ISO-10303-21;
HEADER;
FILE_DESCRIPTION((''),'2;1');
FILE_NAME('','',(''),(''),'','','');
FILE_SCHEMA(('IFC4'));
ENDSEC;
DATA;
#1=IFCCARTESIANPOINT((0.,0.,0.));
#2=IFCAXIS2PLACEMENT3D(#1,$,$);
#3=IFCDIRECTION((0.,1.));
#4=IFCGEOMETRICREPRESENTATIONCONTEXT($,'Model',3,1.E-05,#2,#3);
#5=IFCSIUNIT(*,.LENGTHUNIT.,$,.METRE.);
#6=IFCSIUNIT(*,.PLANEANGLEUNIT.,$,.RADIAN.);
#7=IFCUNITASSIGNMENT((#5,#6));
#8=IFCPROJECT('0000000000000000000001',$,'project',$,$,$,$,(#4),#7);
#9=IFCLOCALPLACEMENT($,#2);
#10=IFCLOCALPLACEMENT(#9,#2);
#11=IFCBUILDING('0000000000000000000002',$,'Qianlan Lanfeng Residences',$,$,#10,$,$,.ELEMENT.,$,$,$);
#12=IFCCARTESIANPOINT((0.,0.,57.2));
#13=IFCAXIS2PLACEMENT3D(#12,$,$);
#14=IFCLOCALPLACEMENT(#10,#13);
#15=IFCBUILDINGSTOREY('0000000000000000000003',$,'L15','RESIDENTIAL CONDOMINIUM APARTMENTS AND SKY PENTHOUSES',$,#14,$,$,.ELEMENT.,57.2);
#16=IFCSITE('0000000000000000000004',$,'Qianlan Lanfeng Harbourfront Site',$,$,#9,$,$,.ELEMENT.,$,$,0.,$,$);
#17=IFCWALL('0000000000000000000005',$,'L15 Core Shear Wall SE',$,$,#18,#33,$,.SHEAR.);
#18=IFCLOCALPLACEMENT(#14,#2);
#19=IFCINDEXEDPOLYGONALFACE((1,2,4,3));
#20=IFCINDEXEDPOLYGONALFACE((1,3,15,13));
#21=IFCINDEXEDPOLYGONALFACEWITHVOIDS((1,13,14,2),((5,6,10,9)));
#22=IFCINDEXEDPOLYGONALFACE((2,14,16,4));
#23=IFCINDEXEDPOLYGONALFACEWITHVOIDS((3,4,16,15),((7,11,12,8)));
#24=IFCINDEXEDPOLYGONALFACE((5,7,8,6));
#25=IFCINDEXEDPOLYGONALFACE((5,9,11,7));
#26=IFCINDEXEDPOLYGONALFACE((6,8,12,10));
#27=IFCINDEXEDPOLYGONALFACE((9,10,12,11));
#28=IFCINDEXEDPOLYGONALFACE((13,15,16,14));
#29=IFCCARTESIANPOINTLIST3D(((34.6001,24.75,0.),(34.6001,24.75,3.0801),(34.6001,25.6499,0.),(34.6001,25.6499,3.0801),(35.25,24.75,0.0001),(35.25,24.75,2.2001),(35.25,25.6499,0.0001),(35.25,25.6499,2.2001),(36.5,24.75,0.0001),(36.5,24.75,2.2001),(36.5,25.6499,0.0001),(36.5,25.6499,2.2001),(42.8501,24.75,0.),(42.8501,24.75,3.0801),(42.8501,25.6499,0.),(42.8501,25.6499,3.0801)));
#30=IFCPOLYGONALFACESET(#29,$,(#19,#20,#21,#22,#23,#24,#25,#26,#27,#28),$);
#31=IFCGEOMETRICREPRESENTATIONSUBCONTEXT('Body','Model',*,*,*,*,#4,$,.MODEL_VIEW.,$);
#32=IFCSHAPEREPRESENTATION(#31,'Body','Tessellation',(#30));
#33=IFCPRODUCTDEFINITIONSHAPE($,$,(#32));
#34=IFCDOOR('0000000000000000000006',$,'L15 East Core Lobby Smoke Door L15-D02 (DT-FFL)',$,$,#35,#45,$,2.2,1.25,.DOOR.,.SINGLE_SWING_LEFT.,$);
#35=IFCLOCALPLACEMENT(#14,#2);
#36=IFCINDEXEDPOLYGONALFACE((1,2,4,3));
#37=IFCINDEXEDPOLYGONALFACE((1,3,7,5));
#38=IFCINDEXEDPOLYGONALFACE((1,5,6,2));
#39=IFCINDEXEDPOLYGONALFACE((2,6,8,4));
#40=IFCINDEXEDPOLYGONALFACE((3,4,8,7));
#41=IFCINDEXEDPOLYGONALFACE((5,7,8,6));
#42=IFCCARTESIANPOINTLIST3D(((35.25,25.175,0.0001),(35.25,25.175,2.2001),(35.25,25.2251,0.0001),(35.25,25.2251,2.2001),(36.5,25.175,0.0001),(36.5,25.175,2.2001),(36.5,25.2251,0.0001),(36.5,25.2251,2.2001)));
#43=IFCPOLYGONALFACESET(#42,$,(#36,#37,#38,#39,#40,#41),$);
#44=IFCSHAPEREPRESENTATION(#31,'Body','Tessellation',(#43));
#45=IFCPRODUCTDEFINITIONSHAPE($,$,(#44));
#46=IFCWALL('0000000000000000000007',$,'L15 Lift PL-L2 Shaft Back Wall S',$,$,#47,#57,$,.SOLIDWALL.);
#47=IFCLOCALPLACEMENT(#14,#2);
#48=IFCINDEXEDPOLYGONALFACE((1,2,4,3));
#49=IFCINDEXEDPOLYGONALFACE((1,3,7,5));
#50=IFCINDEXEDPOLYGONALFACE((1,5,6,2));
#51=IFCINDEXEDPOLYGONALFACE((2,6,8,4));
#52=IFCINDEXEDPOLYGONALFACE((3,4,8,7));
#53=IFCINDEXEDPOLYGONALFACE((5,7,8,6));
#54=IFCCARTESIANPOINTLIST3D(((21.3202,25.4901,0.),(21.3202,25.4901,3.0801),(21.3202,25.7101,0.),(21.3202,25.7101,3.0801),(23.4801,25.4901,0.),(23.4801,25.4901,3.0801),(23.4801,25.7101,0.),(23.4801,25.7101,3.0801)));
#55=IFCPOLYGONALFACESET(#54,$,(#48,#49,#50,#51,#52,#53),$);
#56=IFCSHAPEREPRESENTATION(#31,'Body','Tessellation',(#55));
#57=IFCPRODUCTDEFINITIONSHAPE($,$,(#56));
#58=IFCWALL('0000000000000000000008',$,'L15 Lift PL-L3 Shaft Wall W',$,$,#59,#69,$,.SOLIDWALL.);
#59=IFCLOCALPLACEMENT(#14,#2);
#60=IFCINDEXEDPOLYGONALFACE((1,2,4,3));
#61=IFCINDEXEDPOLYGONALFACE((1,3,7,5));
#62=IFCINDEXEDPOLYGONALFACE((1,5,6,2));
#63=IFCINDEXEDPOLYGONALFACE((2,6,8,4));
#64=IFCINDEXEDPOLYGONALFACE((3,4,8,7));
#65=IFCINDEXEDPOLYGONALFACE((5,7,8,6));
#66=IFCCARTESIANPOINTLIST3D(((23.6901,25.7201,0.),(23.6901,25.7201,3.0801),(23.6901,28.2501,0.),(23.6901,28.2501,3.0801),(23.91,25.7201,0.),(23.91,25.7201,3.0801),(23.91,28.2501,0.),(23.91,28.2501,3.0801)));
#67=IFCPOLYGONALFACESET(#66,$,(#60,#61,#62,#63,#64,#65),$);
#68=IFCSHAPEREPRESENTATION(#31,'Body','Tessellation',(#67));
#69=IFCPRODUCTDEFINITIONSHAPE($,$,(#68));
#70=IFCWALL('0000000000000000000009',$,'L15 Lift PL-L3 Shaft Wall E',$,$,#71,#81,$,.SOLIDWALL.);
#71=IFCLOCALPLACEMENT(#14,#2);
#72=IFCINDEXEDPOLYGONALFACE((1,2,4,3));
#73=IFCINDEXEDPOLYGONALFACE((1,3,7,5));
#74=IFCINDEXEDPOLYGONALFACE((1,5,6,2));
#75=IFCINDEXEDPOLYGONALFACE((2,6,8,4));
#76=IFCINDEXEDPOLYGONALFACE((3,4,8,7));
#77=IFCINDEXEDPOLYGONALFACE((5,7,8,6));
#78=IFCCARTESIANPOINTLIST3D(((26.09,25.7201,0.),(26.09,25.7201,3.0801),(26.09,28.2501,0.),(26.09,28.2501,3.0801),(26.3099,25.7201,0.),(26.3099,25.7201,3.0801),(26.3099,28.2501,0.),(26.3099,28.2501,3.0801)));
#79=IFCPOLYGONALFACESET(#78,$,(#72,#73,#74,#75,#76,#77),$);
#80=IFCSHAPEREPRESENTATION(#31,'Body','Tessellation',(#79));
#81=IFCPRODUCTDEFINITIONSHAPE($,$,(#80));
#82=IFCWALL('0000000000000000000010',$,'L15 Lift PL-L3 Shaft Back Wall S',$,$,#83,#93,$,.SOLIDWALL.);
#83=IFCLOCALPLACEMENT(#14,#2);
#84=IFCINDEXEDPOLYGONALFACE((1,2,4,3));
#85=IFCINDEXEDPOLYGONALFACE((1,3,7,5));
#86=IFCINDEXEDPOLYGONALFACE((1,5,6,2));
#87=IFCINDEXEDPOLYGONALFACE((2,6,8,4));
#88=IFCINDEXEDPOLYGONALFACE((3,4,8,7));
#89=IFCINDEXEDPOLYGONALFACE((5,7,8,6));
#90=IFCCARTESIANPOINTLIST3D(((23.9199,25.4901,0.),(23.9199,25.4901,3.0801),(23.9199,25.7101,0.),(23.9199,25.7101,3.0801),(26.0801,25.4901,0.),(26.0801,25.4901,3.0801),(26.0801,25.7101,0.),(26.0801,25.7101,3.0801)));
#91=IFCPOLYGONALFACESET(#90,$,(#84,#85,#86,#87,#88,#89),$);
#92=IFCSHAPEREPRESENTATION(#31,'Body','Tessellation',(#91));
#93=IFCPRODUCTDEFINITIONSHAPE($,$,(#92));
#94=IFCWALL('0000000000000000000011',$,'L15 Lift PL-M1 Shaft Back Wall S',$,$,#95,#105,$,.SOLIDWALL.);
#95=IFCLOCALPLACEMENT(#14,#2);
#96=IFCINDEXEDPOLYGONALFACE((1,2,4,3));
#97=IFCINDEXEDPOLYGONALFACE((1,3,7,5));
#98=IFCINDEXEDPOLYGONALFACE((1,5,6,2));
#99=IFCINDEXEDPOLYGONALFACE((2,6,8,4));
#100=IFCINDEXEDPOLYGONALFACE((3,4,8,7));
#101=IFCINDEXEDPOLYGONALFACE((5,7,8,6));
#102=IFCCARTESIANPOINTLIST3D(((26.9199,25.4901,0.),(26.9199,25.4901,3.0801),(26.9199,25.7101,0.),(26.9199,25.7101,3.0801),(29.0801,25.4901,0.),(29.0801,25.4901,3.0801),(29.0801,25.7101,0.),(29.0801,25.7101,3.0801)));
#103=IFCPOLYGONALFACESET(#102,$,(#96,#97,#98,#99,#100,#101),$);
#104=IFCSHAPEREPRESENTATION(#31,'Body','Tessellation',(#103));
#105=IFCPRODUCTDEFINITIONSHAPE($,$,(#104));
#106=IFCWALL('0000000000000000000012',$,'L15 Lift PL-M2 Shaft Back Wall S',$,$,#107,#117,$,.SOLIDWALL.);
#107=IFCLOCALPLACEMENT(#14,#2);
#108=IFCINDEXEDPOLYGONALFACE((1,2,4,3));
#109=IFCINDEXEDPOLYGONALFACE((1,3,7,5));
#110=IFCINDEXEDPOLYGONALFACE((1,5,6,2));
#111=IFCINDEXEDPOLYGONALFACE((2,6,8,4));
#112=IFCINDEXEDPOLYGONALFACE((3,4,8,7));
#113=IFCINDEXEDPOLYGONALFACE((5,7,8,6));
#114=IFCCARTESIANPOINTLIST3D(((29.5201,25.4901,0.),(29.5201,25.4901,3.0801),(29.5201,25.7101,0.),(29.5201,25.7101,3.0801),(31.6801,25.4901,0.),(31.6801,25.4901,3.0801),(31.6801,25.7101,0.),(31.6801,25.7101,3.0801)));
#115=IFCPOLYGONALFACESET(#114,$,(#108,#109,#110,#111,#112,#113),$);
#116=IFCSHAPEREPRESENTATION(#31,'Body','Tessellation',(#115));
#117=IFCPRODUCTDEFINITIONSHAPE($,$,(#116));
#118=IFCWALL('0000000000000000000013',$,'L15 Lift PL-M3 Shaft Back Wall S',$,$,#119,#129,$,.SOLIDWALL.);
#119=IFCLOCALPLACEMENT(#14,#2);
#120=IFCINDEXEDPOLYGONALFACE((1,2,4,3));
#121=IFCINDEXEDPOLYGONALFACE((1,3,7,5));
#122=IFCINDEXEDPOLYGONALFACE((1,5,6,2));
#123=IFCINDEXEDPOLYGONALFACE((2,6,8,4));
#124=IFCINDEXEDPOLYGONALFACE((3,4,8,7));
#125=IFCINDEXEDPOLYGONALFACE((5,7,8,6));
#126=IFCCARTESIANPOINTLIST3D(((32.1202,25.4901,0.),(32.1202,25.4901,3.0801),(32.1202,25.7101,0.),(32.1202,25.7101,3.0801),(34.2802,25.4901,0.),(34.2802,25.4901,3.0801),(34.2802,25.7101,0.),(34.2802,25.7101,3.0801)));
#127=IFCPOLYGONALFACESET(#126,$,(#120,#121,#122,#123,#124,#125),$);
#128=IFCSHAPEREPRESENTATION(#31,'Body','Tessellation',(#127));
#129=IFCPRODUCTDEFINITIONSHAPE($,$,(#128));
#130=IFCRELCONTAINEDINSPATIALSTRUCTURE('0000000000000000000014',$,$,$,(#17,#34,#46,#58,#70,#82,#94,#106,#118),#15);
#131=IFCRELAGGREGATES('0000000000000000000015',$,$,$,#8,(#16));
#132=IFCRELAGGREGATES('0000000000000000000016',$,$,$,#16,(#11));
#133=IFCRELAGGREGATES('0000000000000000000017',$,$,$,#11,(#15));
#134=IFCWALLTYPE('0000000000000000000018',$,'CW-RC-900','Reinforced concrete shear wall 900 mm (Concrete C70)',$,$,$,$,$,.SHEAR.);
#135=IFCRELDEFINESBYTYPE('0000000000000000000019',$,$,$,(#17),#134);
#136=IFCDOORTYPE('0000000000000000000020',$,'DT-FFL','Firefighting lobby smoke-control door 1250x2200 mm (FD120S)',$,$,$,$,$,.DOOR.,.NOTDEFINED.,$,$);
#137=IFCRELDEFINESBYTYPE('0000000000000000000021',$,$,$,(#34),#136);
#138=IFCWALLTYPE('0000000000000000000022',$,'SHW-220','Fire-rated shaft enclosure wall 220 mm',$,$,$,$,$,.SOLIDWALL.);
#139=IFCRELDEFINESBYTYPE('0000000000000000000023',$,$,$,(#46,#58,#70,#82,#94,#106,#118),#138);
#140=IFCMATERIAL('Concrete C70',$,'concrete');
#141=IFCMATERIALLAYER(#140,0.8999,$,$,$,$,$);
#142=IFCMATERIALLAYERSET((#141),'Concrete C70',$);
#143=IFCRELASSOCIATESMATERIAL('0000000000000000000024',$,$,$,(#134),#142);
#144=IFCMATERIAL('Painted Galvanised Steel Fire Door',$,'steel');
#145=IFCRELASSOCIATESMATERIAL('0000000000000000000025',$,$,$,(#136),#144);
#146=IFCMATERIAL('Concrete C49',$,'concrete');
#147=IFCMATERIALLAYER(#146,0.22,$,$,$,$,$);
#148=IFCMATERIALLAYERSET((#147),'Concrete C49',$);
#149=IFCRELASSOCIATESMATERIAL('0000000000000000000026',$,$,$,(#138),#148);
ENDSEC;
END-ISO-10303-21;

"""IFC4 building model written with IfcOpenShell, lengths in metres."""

from ifc_helpers import new_model, si_unit, direction, frame, frame_2d, origin, place, context, subcontext, project, spatial, rectangle, extrude, material, layer, layer_set, type_object, element, fill, save


model = new_model("IFC4")

# Units and contexts
model_context = context("Model", 3, precision=1e-05, world=origin(), true_north=direction((0.0, 1.0)))
body_context = subcontext(model_context, "Body", "Model", "MODEL_VIEW")
ifc_project = project(units=[si_unit("LENGTHUNIT", "METRE"), si_unit("PLANEANGLEUNIT", "RADIAN")], contexts=[model_context])

# Site, building, storey
site_placement = place(None, origin())
site = spatial("IfcSite", under=ifc_project, at=site_placement, Name="Qianlan Lanfeng Harbourfront Site", CompositionType="ELEMENT", RefElevation=0.0)
building_placement = place(site_placement, origin())
building = spatial("IfcBuilding", under=site, at=building_placement, Name="Qianlan Lanfeng Residences", CompositionType="ELEMENT")
storey_placement = place(building_placement, frame((0.0, 0.0, 57.2)))
storey = spatial("IfcBuildingStorey", under=building, at=storey_placement, Name="L15", Description="RESIDENTIAL CONDOMINIUM APARTMENTS AND SKY PENTHOUSES", CompositionType="ELEMENT", Elevation=57.2)

# Wall, opening, door
ifc_material_1 = material(Name="Concrete C70", Category="concrete")
ifc_layer_1 = layer(ifc_material_1, 0.8999)
ifc_layer_set_1 = layer_set([ifc_layer_1], Name="Concrete C70")
wall_type_1 = type_object("IfcWallType", Name="CW-RC-900", Description="Reinforced concrete shear wall 900 mm (Concrete C70)", PredefinedType="SHEAR", material=ifc_layer_set_1)
wall_1_placement = place(storey_placement, frame((34.6001, 25.2, 0.0), z_axis=(0.0, 0.0, 1.0), x_axis=(1.0, 0.0, 0.0)))
wall_1 = element("IfcWall", 1, at=wall_1_placement, inside=storey, type_object=wall_type_1, Name="L15 Core Shear Wall SE", PredefinedType="SHEAR", context=body_context, shape_type="SweptSolid", body=[
    extrude(rectangle(XDim=8.25, YDim=0.8999, at=frame_2d((4.125, 0.0))), origin(), (0.0, 0.0, 1.0), 3.0801),
])
opening_1_placement = place(wall_1_placement, frame((0.6499, 0.0, 0.0)))
opening_1 = element("IfcOpeningElement", 2, at=opening_1_placement, cuts=wall_1, PredefinedType="OPENING", context=body_context, shape_type="SweptSolid", body=[
    extrude(rectangle(XDim=1.25, YDim=2.2, at=frame_2d((0.625, 1.1001))), frame((0.0, 0.46, 0.0), z_axis=(0.0, -1.0, 0.0), x_axis=(1.0, 0.0, 0.0)), (0.0, 0.0, 1.0), 0.9199),
])
ifc_material_2 = material(Name="Painted Galvanised Steel Fire Door", Category="steel")
door_type_1 = type_object("IfcDoorType", Name="DT-FFL", Description="Firefighting lobby smoke-control door 1250x2200 mm (FD120S)", OperationType="NOTDEFINED", PredefinedType="DOOR", material=ifc_material_2)
door_1_placement = place(opening_1_placement, frame((1.25, 0.0, 0.0), z_axis=(0.0, 0.0, 1.0), x_axis=(-1.0, 0.0, 0.0)))
door_1 = element("IfcDoor", 3, at=door_1_placement, inside=storey, type_object=door_type_1, Name="L15 East Core Lobby Smoke Door L15-D02 (DT-FFL)", OperationType="SINGLE_SWING_LEFT", OverallHeight=2.2, OverallWidth=1.25, PredefinedType="DOOR", context=body_context, shape_type="SweptSolid", body=[
    extrude(rectangle(XDim=1.25, YDim=2.2, at=frame_2d((0.625, 1.1001))), frame((0.0, 0.0249, 0.0), z_axis=(0.0, -1.0, 0.0), x_axis=(1.0, 0.0, 0.0)), (0.0, 0.0, 1.0), 0.05),
])
fill(opening_1, door_1)

# Walls
ifc_material_3 = material(Name="Concrete C49", Category="concrete")
ifc_layer_2 = layer(ifc_material_3, 0.22)
ifc_layer_set_2 = layer_set([ifc_layer_2], Name="Concrete C49")
wall_type_2 = type_object("IfcWallType", Name="SHW-220", Description="Fire-rated shaft enclosure wall 220 mm", PredefinedType="SOLIDWALL", material=ifc_layer_set_2)
wall_2_placement = place(storey_placement, frame((21.3201, 25.6001, 0.0), z_axis=(0.0, 0.0, 1.0), x_axis=(1.0, 0.0, 0.0)))
element("IfcWall", 4, at=wall_2_placement, inside=storey, type_object=wall_type_2, Name="L15 Lift PL-L2 Shaft Back Wall S", PredefinedType="SOLIDWALL", context=body_context, shape_type="SweptSolid", body=[
    extrude(rectangle(XDim=2.1599, YDim=0.22, at=frame_2d((1.0801, 0.0))), origin(), (0.0, 0.0, 1.0), 3.0801),
])
for number, where, z_axis, x_axis, name in (
    (5, (23.8, 25.72, 0.0), (0.0, 0.0, 1.0), (0.0, 1.0, 0.0), "L15 Lift PL-L3 Shaft Wall W"),
    (6, (26.2, 25.72, 0.0), (0.0, 0.0, 1.0), (0.0, 1.0, 0.0), "L15 Lift PL-L3 Shaft Wall E"),
):
    element("IfcWall", number, at=place(storey_placement, frame(where, z_axis=z_axis, x_axis=x_axis)), inside=storey, type_object=wall_type_2, Name=name, PredefinedType="SOLIDWALL", context=body_context, shape_type="SweptSolid", body=[
        extrude(rectangle(XDim=2.53, YDim=0.22, at=frame_2d((1.2651, 0.0))), origin(), (0.0, 0.0, 1.0), 3.0801),
    ])
for number, where, z_axis, x_axis, name in (
    (7, (23.9199, 25.6001, 0.0), (0.0, 0.0, 1.0), (1.0, 0.0, 0.0), "L15 Lift PL-L3 Shaft Back Wall S"),
    (8, (26.9199, 25.6001, 0.0), (0.0, 0.0, 1.0), (1.0, 0.0, 0.0), "L15 Lift PL-M1 Shaft Back Wall S"),
):
    element("IfcWall", number, at=place(storey_placement, frame(where, z_axis=z_axis, x_axis=x_axis)), inside=storey, type_object=wall_type_2, Name=name, PredefinedType="SOLIDWALL", context=body_context, shape_type="SweptSolid", body=[
        extrude(rectangle(XDim=2.1602, YDim=0.22, at=frame_2d((1.0801, 0.0))), origin(), (0.0, 0.0, 1.0), 3.0801),
    ])
for number, where, z_axis, x_axis, name in (
    (9, (29.52, 25.6001, 0.0), (0.0, 0.0, 1.0), (1.0, 0.0, 0.0), "L15 Lift PL-M2 Shaft Back Wall S"),
    (10, (32.1201, 25.6001, 0.0), (0.0, 0.0, 1.0), (1.0, 0.0, 0.0), "L15 Lift PL-M3 Shaft Back Wall S"),
):
    element("IfcWall", number, at=place(storey_placement, frame(where, z_axis=z_axis, x_axis=x_axis)), inside=storey, type_object=wall_type_2, Name=name, PredefinedType="SOLIDWALL", context=body_context, shape_type="SweptSolid", body=[
        extrude(rectangle(XDim=2.1599, YDim=0.22, at=frame_2d((1.0801, 0.0))), origin(), (0.0, 0.0, 1.0), 3.0801),
    ])

save(model, "model.ifc")
